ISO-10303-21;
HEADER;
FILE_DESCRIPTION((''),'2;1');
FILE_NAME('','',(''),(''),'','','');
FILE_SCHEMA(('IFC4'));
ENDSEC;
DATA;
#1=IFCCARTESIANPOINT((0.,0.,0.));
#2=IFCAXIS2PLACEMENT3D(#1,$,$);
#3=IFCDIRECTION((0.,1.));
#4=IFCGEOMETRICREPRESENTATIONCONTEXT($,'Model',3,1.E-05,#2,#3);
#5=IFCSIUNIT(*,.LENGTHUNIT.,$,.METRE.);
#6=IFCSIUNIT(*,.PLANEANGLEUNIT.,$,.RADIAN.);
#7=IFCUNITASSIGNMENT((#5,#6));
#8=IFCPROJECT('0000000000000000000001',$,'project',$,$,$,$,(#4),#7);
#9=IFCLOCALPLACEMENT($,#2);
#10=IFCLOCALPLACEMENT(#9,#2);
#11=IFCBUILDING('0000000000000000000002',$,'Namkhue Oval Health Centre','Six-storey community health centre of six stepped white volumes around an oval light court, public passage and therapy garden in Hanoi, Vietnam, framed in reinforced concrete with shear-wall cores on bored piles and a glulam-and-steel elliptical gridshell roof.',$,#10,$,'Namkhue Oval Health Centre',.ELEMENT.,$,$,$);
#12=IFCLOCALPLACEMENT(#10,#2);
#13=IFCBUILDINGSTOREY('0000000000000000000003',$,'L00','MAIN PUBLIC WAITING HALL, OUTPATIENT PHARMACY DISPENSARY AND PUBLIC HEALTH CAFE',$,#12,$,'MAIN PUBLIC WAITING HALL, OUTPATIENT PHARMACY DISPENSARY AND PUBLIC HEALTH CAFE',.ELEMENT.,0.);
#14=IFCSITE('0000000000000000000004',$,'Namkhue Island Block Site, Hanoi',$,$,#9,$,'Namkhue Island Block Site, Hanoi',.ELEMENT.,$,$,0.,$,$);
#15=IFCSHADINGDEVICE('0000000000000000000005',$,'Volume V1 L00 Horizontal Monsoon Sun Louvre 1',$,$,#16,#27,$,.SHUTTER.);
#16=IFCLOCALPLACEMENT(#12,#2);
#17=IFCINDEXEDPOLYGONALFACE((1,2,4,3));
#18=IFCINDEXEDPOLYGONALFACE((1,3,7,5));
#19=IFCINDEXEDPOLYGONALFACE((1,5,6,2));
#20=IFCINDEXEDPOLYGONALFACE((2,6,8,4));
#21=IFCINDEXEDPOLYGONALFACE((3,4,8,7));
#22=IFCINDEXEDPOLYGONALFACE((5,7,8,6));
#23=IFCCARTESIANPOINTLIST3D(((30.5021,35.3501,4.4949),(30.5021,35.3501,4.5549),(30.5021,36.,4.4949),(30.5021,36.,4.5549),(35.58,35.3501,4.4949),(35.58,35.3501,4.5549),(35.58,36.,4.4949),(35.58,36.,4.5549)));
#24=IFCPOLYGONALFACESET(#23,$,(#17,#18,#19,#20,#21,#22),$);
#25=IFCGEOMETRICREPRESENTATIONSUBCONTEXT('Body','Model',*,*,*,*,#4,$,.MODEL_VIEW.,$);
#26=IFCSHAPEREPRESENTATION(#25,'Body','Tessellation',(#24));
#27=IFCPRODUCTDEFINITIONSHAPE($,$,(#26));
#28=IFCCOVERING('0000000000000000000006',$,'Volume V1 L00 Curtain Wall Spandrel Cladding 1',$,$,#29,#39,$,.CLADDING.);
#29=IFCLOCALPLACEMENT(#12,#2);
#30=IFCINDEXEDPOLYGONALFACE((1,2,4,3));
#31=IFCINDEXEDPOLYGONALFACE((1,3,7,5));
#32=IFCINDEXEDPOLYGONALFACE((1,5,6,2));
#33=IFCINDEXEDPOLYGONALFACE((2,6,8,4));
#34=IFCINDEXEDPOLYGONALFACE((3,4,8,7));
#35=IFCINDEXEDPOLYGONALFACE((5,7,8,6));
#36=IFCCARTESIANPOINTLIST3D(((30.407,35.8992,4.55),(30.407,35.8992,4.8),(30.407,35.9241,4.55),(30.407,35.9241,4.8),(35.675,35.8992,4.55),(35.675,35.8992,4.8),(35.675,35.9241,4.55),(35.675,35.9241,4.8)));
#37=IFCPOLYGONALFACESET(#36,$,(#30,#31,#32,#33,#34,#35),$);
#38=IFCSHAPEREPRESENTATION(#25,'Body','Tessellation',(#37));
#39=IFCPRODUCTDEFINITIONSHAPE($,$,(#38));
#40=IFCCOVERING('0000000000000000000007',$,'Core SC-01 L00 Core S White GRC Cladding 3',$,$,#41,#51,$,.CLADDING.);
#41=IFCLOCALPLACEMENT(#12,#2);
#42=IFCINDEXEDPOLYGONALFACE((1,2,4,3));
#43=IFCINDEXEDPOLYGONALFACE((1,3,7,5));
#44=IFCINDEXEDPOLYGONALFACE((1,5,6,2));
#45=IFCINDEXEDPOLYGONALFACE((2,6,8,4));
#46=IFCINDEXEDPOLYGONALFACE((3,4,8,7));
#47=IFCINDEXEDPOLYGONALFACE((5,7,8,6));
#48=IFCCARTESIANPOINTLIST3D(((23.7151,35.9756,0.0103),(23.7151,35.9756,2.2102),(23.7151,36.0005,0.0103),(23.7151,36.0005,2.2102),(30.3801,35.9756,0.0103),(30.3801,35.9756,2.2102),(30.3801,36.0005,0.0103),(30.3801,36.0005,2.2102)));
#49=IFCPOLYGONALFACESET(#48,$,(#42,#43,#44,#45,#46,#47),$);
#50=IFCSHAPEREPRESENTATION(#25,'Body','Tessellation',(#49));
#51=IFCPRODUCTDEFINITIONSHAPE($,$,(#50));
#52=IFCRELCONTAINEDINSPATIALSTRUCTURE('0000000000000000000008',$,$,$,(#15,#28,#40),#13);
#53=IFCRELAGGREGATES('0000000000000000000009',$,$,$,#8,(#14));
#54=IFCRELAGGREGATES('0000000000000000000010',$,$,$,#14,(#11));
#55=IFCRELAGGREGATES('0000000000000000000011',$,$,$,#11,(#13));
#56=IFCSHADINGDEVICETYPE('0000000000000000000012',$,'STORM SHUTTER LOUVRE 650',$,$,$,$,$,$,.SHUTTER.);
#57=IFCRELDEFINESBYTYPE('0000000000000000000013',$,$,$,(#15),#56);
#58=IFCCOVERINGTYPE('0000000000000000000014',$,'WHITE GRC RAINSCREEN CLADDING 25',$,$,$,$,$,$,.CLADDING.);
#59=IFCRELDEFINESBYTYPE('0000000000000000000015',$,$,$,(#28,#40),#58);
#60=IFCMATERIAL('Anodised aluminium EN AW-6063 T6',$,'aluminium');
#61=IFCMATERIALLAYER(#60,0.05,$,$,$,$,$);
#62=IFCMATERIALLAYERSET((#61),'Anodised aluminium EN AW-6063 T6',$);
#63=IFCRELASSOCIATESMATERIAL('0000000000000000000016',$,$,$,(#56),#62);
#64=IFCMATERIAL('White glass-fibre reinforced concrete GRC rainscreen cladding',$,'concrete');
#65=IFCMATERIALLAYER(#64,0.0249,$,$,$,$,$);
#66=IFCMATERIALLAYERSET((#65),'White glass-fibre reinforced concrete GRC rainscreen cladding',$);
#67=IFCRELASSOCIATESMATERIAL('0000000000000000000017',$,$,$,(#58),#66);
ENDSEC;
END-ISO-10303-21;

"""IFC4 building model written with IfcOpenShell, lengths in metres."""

from ifc_helpers import new_model, si_unit, direction, frame, origin, origin_2d, place, context, subcontext, project, spatial, rectangle, extrude, material, layer, layer_set, type_object, element, save


model = new_model("IFC4")

# Units and contexts
model_context = context("Model", 3, precision=1e-05, world=origin(), true_north=direction((0.0, 1.0)))
body_context = subcontext(model_context, "Body", "Model", "MODEL_VIEW")
ifc_project = project(units=[si_unit("LENGTHUNIT", "METRE"), si_unit("PLANEANGLEUNIT", "RADIAN")], contexts=[model_context])

# Site, building, storey
site_placement = place(None, origin())
site = spatial("IfcSite", under=ifc_project, at=site_placement, Name="Namkhue Island Block Site, Hanoi", LongName="Namkhue Island Block Site, Hanoi", CompositionType="ELEMENT", RefElevation=0.0)
building_placement = place(site_placement, origin())
building = spatial("IfcBuilding", under=site, at=building_placement, Name="Namkhue Oval Health Centre", Description="Six-storey community health centre of six stepped white volumes around an oval light court, public passage and therapy garden in Hanoi, Vietnam, framed in reinforced concrete with shear-wall cores on bored piles and a glulam-and-steel elliptical gridshell roof.", LongName="Namkhue Oval Health Centre", CompositionType="ELEMENT")
storey_placement = place(building_placement, origin())
storey = spatial("IfcBuildingStorey", under=building, at=storey_placement, Name="L00", Description="MAIN PUBLIC WAITING HALL, OUTPATIENT PHARMACY DISPENSARY AND PUBLIC HEALTH CAFE", LongName="MAIN PUBLIC WAITING HALL, OUTPATIENT PHARMACY DISPENSARY AND PUBLIC HEALTH CAFE", CompositionType="ELEMENT", Elevation=0.0)

# Shared definitions
ifc_material_1 = material(Name="Anodised aluminium EN AW-6063 T6", Category="aluminium")

# Shading device
ifc_layer_1 = layer(ifc_material_1, 0.05)
ifc_layer_set_1 = layer_set([ifc_layer_1], Name="Anodised aluminium EN AW-6063 T6")
shading_device_type = type_object("IfcShadingDeviceType", Name="STORM SHUTTER LOUVRE 650", PredefinedType="SHUTTER", material=ifc_layer_set_1)
shading_device_placement = place(storey_placement, frame((33.041, 35.675, 4.4949), z_axis=(0.0, 0.0, 1.0), x_axis=(1.0, 0.0, 0.0)))
element("IfcShadingDevice", 1, at=shading_device_placement, inside=storey, type_object=shading_device_type, Name="Volume V1 L00 Horizontal Monsoon Sun Louvre 1", PredefinedType="SHUTTER", context=body_context, shape_type="SweptSolid", body=[
    extrude(rectangle(XDim=5.0779, YDim=0.6499, at=origin_2d()), origin(), (0.0, 0.0, 1.0), 0.0601),
])

# Coverings
ifc_material_2 = material(Name="White glass-fibre reinforced concrete GRC rainscreen cladding", Category="concrete")
ifc_layer_2 = layer(ifc_material_2, 0.0249)
ifc_layer_set_2 = layer_set([ifc_layer_2], Name="White glass-fibre reinforced concrete GRC rainscreen cladding")
covering_type = type_object("IfcCoveringType", Name="WHITE GRC RAINSCREEN CLADDING 25", PredefinedType="CLADDING", material=ifc_layer_set_2)
covering_1_placement = place(storey_placement, frame((33.041, 35.9116, 4.55), z_axis=(0.0, 0.0, 1.0), x_axis=(1.0, 0.0, 0.0)))
element("IfcCovering", 2, at=covering_1_placement, inside=storey, type_object=covering_type, Name="Volume V1 L00 Curtain Wall Spandrel Cladding 1", PredefinedType="CLADDING", context=body_context, shape_type="SweptSolid", body=[
    extrude(rectangle(XDim=5.2681, YDim=0.0249, at=origin_2d()), origin(), (0.0, 0.0, 1.0), 0.25),
])
covering_2_placement = place(storey_placement, frame((27.0476, 35.988, 0.0103), z_axis=(0.0, 0.0, 1.0), x_axis=(1.0, 0.0, 0.0)))
element("IfcCovering", 3, at=covering_2_placement, inside=storey, type_object=covering_type, Name="Core SC-01 L00 Core S White GRC Cladding 3", PredefinedType="CLADDING", context=body_context, shape_type="SweptSolid", body=[
    extrude(rectangle(XDim=6.665, YDim=0.0249, at=origin_2d()), origin(), (0.0, 0.0, 1.0), 2.2),
])

save(model, "model.ifc")
